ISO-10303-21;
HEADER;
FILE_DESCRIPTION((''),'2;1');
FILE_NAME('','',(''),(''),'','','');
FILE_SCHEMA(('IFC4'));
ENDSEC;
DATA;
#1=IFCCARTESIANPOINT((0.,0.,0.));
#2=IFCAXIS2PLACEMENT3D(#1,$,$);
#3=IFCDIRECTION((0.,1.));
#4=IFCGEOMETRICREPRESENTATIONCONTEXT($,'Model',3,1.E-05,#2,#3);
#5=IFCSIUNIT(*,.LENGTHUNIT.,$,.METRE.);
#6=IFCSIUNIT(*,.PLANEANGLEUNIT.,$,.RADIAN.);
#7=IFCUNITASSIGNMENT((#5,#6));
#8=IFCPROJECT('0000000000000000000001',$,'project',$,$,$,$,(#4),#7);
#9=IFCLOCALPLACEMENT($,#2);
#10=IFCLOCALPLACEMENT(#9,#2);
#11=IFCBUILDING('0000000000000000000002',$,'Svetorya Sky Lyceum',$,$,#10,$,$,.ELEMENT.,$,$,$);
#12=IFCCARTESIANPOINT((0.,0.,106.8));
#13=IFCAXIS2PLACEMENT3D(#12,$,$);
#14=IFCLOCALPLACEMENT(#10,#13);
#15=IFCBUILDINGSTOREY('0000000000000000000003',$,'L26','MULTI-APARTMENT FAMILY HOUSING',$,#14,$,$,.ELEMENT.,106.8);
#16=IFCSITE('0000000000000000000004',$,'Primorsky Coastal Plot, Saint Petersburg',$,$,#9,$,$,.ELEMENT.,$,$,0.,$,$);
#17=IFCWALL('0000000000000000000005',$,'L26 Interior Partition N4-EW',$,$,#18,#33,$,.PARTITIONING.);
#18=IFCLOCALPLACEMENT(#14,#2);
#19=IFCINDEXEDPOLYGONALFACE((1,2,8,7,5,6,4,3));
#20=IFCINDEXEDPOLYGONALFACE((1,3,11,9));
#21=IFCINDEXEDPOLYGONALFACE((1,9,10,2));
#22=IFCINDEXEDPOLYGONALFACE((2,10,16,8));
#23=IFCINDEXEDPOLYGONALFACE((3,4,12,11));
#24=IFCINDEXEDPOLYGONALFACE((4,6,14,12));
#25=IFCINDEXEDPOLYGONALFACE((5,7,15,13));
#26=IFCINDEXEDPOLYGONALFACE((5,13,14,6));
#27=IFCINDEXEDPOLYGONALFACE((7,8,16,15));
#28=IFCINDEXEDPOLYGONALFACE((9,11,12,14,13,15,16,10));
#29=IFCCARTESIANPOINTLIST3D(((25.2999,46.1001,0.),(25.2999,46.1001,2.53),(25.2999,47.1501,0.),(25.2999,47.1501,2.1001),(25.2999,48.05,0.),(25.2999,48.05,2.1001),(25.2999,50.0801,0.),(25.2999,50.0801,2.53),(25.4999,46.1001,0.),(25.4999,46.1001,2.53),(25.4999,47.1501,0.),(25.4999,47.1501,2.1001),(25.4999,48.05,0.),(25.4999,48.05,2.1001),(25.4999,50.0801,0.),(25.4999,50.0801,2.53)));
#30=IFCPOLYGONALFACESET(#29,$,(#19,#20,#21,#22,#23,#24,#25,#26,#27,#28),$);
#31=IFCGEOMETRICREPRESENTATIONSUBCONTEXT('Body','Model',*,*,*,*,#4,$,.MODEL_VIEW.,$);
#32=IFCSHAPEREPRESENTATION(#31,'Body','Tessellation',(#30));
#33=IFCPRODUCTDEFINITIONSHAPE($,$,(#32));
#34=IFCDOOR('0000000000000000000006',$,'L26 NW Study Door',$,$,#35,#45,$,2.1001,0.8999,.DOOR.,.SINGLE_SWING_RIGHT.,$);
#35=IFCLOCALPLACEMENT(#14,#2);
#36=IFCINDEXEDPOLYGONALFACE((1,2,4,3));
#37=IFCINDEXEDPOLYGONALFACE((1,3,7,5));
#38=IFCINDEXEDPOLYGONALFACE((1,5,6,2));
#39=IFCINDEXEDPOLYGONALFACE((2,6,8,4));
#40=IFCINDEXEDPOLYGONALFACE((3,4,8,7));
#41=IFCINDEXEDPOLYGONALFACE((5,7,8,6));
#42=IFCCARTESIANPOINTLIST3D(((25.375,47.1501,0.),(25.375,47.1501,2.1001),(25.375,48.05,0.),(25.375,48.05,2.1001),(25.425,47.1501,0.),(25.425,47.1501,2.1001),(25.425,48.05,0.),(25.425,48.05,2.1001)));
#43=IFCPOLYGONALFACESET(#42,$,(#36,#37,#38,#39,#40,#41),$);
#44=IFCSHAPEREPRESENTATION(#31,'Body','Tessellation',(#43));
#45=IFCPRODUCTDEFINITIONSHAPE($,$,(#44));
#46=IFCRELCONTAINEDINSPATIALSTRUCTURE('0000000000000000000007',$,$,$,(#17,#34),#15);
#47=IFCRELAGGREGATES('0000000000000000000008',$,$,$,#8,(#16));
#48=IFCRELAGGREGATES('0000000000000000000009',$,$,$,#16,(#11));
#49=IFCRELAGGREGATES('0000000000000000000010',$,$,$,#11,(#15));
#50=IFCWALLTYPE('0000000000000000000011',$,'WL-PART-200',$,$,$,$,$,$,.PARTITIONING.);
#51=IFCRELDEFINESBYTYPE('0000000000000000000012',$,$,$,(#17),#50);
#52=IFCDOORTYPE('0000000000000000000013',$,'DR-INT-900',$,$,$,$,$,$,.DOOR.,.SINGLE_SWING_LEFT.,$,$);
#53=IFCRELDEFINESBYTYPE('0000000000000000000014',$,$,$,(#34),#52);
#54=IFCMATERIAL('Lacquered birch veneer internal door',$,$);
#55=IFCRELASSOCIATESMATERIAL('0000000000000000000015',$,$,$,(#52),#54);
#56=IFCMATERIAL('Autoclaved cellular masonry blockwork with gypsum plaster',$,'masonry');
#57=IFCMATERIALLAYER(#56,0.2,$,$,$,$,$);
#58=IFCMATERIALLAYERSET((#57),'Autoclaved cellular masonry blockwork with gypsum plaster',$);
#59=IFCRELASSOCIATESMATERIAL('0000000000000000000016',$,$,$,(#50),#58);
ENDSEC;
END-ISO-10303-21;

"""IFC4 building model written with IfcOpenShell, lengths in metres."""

from ifc_helpers import new_model, si_unit, direction, frame, frame_2d, origin, place, context, subcontext, project, spatial, rectangle, extrude, material, layer, layer_set, type_object, element, fill, save


model = new_model("IFC4")

# Units and contexts
model_context = context("Model", 3, precision=1e-05, world=origin(), true_north=direction((0.0, 1.0)))
body_context = subcontext(model_context, "Body", "Model", "MODEL_VIEW")
ifc_project = project(units=[si_unit("LENGTHUNIT", "METRE"), si_unit("PLANEANGLEUNIT", "RADIAN")], contexts=[model_context])

# Site, building, storey
site_placement = place(None, origin())
site = spatial("IfcSite", under=ifc_project, at=site_placement, Name="Primorsky Coastal Plot, Saint Petersburg", CompositionType="ELEMENT", RefElevation=0.0)
building_placement = place(site_placement, origin())
building = spatial("IfcBuilding", under=site, at=building_placement, Name="Svetorya Sky Lyceum", CompositionType="ELEMENT")
storey_placement = place(building_placement, frame((0.0, 0.0, 106.8)))
storey = spatial("IfcBuildingStorey", under=building, at=storey_placement, Name="L26", Description="MULTI-APARTMENT FAMILY HOUSING", CompositionType="ELEMENT", Elevation=106.8)

# Shared definitions
ifc_material_1 = material(Name="Lacquered birch veneer internal door")
door_type_1 = type_object("IfcDoorType", Name="DR-INT-900", OperationType="SINGLE_SWING_LEFT", PredefinedType="DOOR", material=ifc_material_1)

# Shared definitions
ifc_material_2 = material(Name="Autoclaved cellular masonry blockwork with gypsum plaster", Category="masonry")
ifc_layer_1 = layer(ifc_material_2, 0.2)
ifc_layer_set_1 = layer_set([ifc_layer_1], Name="Autoclaved cellular masonry blockwork with gypsum plaster")
wall_type_1 = type_object("IfcWallType", Name="WL-PART-200", PredefinedType="PARTITIONING", material=ifc_layer_set_1)

# Wall, opening, door
wall_1_placement = place(storey_placement, frame((25.3999, 46.1001, 0.0), z_axis=(0.0, 0.0, 1.0), x_axis=(0.0, 1.0, 0.0)))
wall_1 = element("IfcWall", 1, at=wall_1_placement, inside=storey, type_object=wall_type_1, Name="L26 Interior Partition N4-EW", PredefinedType="PARTITIONING", context=body_context, shape_type="SweptSolid", body=[
    extrude(rectangle(XDim=3.98, YDim=0.2, at=frame_2d((1.99, 0.0))), origin(), (0.0, 0.0, 1.0), 2.53),
])
opening_1_placement = place(wall_1_placement, frame((1.05, 0.0, 0.0)))
opening_1 = element("IfcOpeningElement", 2, at=opening_1_placement, cuts=wall_1, PredefinedType="OPENING", context=body_context, shape_type="SweptSolid", body=[
    extrude(rectangle(XDim=0.8999, YDim=2.1001, at=frame_2d((0.45, 1.05))), frame((0.0, 0.1099, 0.0), z_axis=(0.0, -1.0, 0.0), x_axis=(1.0, 0.0, 0.0)), (0.0, 0.0, 1.0), 0.22),
])
door_1_placement = place(opening_1_placement, origin())
door_1 = element("IfcDoor", 3, at=door_1_placement, inside=storey, type_object=door_type_1, Name="L26 NW Study Door", OperationType="SINGLE_SWING_RIGHT", OverallHeight=2.1001, OverallWidth=0.8999, PredefinedType="DOOR", context=body_context, shape_type="SweptSolid", body=[
    extrude(rectangle(XDim=0.8999, YDim=2.1001, at=frame_2d((0.45, 1.05))), frame((0.0, 0.0249, 0.0), z_axis=(0.0, -1.0, 0.0), x_axis=(1.0, 0.0, 0.0)), (0.0, 0.0, 1.0), 0.05),
])
fill(opening_1, door_1)

save(model, "model.ifc")
